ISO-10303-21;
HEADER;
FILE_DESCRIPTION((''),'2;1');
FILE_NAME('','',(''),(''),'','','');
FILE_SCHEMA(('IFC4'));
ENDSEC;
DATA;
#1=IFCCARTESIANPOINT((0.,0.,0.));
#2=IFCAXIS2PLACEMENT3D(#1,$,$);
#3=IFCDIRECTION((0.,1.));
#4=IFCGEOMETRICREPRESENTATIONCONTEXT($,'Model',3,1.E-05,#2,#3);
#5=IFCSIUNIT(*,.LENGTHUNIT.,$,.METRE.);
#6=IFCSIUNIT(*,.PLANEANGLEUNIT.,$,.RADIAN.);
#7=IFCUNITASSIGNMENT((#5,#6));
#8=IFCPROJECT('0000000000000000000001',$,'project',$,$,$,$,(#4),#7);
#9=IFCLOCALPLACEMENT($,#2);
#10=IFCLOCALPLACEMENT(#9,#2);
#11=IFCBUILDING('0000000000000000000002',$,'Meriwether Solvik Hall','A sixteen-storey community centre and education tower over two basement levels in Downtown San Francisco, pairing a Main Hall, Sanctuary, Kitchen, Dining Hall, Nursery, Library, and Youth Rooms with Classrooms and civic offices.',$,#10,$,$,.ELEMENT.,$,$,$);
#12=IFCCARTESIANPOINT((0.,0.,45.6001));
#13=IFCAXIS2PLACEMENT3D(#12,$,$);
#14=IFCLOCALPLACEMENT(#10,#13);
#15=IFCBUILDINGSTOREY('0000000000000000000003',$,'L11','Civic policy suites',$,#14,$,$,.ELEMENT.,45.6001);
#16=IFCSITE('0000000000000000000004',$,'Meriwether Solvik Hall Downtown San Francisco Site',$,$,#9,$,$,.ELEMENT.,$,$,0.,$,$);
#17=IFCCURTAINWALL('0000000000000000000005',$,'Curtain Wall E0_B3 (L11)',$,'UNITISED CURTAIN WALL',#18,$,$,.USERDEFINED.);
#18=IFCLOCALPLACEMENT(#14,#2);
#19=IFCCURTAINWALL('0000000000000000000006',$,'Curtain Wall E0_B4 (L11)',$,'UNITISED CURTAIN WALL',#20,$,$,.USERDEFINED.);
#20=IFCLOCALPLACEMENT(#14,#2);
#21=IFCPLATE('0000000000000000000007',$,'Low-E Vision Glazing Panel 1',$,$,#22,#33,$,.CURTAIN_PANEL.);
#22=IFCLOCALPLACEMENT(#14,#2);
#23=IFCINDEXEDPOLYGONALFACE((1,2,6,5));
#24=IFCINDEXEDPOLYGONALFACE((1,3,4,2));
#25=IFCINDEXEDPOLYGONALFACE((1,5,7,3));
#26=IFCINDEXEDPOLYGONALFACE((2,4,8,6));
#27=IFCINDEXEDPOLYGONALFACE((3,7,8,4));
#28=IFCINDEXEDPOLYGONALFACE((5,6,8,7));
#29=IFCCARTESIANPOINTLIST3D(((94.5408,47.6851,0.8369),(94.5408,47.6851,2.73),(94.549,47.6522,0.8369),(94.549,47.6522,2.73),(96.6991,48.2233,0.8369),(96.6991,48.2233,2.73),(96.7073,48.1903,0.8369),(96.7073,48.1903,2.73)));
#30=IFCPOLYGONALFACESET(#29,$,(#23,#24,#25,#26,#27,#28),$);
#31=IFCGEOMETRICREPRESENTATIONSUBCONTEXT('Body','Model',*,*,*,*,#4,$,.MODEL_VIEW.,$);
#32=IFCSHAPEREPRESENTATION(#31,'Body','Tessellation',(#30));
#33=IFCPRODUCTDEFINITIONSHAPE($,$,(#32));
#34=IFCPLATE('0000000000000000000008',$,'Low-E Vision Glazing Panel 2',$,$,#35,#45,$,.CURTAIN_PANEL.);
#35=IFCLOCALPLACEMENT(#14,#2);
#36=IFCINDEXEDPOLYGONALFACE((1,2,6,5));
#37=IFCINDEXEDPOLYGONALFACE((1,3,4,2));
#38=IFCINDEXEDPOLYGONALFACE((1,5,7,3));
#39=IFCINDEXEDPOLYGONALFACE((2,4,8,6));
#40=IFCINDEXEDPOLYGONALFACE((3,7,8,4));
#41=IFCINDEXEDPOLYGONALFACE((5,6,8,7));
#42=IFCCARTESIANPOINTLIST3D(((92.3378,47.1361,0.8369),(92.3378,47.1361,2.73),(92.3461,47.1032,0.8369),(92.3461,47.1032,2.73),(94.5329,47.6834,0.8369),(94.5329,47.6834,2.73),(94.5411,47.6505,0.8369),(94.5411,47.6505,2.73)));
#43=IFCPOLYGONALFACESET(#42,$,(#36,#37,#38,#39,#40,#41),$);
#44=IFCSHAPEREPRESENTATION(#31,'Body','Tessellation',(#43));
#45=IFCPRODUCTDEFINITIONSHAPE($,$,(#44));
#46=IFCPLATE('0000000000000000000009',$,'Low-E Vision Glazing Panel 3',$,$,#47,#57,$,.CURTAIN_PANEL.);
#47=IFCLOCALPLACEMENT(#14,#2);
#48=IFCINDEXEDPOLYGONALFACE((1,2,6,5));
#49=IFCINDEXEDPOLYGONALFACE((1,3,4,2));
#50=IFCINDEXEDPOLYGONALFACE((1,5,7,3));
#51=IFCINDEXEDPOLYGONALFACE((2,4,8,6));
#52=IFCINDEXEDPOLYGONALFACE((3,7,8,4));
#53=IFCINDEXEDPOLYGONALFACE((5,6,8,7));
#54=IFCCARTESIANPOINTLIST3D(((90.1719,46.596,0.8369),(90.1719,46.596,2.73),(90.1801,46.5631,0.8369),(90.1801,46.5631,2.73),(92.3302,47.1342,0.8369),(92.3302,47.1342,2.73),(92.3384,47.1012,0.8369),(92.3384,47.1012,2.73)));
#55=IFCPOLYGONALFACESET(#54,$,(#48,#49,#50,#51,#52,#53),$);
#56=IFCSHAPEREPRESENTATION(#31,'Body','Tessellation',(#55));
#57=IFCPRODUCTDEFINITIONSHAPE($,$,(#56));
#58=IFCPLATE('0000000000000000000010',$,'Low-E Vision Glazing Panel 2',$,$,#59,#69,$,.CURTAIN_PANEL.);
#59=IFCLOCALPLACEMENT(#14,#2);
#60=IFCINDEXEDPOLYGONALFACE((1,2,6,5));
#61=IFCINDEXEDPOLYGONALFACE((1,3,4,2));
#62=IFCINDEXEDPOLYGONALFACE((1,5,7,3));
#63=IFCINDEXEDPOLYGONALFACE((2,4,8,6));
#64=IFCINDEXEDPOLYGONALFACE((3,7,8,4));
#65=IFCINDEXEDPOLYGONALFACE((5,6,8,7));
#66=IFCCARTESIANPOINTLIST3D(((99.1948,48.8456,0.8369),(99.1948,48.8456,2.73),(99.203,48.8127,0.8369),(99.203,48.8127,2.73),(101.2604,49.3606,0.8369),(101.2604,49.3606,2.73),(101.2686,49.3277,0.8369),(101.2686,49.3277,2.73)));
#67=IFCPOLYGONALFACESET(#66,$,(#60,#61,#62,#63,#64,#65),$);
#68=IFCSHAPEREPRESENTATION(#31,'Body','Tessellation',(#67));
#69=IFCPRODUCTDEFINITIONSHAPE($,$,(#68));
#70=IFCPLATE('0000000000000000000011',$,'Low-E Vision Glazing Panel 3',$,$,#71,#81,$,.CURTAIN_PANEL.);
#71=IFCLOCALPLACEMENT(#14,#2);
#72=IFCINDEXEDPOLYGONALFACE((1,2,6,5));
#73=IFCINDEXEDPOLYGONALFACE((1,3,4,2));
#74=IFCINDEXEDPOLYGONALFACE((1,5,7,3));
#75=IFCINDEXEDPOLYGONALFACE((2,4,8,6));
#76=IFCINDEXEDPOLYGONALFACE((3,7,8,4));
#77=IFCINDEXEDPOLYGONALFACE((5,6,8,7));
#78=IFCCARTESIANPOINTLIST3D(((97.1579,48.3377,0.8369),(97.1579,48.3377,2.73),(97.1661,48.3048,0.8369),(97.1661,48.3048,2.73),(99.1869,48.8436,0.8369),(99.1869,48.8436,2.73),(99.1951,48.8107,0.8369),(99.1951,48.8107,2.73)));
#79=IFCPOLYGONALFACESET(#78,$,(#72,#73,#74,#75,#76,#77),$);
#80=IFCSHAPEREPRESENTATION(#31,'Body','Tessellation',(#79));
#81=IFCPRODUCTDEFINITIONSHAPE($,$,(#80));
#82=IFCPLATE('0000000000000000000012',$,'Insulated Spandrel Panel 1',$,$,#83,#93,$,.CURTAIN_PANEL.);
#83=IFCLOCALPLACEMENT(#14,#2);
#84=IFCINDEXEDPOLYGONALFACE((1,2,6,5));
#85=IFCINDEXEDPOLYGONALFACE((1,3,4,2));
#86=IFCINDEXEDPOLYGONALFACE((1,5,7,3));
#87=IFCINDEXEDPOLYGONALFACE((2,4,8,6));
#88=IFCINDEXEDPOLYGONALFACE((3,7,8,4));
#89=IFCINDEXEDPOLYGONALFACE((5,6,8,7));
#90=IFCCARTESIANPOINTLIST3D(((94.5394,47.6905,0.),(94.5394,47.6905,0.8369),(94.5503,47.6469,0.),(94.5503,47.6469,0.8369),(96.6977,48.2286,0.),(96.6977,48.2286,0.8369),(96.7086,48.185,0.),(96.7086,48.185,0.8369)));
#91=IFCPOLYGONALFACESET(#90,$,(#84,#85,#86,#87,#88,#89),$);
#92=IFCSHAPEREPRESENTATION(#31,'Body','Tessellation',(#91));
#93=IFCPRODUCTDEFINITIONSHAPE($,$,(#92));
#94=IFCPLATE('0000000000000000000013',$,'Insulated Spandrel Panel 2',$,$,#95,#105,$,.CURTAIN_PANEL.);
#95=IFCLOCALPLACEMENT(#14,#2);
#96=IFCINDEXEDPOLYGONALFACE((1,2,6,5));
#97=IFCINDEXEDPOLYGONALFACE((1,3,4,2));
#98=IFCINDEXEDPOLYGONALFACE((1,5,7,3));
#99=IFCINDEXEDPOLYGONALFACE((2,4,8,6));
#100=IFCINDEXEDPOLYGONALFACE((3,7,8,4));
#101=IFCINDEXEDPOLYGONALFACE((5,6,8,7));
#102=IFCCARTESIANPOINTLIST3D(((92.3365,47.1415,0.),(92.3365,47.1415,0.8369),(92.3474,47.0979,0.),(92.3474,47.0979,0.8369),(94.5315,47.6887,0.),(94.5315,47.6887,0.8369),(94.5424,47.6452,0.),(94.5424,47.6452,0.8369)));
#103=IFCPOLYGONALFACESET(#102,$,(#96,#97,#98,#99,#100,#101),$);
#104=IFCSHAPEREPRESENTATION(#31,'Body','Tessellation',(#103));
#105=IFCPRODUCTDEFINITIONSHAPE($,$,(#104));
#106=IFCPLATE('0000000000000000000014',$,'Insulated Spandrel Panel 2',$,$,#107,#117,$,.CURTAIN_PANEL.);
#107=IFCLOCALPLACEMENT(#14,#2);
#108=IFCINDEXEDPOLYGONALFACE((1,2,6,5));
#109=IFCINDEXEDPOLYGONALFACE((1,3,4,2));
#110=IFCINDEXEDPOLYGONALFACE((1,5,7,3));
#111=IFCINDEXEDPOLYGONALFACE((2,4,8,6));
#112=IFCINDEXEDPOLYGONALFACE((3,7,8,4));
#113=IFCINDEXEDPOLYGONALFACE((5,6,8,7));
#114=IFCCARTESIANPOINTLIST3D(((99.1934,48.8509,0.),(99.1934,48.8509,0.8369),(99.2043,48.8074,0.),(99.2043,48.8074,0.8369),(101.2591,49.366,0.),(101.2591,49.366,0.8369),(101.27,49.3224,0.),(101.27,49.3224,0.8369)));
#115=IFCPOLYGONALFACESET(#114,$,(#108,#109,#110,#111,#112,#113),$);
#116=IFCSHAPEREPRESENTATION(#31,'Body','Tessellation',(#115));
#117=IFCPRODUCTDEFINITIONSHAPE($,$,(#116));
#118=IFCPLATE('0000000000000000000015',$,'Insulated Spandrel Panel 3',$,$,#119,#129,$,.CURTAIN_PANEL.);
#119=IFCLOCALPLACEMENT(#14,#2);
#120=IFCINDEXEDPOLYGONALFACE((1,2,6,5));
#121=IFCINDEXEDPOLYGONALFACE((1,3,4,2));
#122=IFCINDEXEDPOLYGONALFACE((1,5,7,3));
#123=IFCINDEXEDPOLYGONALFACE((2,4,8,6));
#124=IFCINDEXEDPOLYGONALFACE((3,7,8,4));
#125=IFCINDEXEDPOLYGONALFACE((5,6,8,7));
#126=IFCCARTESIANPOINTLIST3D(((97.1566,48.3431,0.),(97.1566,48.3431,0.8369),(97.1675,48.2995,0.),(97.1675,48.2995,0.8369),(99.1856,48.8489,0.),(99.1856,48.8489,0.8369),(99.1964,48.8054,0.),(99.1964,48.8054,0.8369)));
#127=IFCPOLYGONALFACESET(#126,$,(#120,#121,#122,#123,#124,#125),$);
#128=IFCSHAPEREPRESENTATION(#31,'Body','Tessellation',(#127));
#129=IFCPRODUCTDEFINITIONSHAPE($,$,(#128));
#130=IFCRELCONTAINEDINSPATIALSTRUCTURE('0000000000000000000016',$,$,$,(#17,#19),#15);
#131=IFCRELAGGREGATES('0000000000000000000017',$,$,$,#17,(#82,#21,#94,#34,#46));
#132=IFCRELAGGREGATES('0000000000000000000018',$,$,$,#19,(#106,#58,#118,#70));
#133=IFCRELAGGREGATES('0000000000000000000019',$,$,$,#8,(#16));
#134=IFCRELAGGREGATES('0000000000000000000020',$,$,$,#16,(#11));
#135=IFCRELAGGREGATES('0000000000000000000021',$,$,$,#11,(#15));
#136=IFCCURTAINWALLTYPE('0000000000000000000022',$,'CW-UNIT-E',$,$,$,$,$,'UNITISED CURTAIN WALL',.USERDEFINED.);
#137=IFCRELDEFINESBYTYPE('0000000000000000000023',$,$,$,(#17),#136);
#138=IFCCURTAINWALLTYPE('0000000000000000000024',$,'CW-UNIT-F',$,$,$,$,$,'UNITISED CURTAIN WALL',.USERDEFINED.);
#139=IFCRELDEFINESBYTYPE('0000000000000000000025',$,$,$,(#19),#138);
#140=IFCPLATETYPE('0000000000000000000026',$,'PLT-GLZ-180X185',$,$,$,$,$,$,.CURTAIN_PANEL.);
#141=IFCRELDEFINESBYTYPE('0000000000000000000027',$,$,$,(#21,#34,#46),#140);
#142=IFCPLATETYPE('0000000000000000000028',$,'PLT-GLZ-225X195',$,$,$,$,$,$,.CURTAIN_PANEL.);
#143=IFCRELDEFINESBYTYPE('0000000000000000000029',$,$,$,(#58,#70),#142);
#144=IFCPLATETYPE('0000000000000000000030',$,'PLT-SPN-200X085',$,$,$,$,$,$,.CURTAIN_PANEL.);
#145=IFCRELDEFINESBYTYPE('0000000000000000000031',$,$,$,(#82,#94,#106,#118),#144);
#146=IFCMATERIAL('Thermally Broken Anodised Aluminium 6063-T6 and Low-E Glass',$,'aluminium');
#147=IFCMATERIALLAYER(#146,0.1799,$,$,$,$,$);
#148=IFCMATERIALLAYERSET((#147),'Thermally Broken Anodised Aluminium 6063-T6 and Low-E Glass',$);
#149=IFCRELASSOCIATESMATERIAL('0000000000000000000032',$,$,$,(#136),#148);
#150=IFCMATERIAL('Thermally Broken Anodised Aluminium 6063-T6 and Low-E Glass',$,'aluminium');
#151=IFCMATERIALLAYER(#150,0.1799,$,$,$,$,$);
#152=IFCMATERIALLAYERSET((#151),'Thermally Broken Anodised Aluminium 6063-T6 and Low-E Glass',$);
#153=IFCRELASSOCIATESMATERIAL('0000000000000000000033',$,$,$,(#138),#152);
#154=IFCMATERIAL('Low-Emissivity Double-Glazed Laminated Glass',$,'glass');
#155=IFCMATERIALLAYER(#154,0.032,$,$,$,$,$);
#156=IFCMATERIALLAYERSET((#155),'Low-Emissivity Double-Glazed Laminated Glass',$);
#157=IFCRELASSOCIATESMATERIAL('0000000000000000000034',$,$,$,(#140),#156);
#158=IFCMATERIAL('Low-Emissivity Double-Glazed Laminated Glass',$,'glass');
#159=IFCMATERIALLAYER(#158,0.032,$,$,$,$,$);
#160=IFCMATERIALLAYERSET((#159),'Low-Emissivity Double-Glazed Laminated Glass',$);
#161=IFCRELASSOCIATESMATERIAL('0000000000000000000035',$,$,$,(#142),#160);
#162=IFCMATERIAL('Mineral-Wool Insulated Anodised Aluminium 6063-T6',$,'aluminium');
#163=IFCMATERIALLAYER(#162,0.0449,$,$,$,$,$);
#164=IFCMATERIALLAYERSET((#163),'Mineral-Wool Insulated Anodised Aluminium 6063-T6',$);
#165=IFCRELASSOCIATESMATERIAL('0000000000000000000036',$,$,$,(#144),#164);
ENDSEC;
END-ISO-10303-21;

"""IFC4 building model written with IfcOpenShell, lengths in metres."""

from ifc_helpers import new_model, si_unit, direction, frame, origin, origin_2d, place, context, subcontext, project, spatial, rectangle, extrude, material, layer, layer_set, type_object, element, aggregate, save


model = new_model("IFC4")

# Units and contexts
model_context = context("Model", 3, precision=1e-05, world=origin(), true_north=direction((0.0, 1.0)))
body_context = subcontext(model_context, "Body", "Model", "MODEL_VIEW")
ifc_project = project(units=[si_unit("LENGTHUNIT", "METRE"), si_unit("PLANEANGLEUNIT", "RADIAN")], contexts=[model_context])

# Site, building, storey
site_placement = place(None, origin())
site = spatial("IfcSite", under=ifc_project, at=site_placement, Name="Meriwether Solvik Hall Downtown San Francisco Site", CompositionType="ELEMENT", RefElevation=0.0)
building_placement = place(site_placement, origin())
building = spatial("IfcBuilding", under=site, at=building_placement, Name="Meriwether Solvik Hall", Description="A sixteen-storey community centre and education tower over two basement levels in Downtown San Francisco, pairing a Main Hall, Sanctuary, Kitchen, Dining Hall, Nursery, Library, and Youth Rooms with Classrooms and civic offices.", CompositionType="ELEMENT")
storey_placement = place(building_placement, frame((0.0, 0.0, 45.6001)))
storey = spatial("IfcBuildingStorey", under=building, at=storey_placement, Name="L11", Description="Civic policy suites", CompositionType="ELEMENT", Elevation=45.6001)

# Curtain walls
ifc_material_1 = material(Name="Thermally Broken Anodised Aluminium 6063-T6 and Low-E Glass", Category="aluminium")
ifc_layer_1 = layer(ifc_material_1, 0.1799)
ifc_layer_set_1 = layer_set([ifc_layer_1], Name="Thermally Broken Anodised Aluminium 6063-T6 and Low-E Glass")
curtain_wall_type_1 = type_object("IfcCurtainWallType", Name="CW-UNIT-E", ElementType="UNITISED CURTAIN WALL", PredefinedType="USERDEFINED", material=ifc_layer_set_1)
curtain_wall_1_placement = place(storey_placement, origin())
curtain_wall_1 = element("IfcCurtainWall", 1, at=curtain_wall_1_placement, inside=storey, type_object=curtain_wall_type_1, Name="Curtain Wall E0_B3 (L11)", ObjectType="UNITISED CURTAIN WALL", PredefinedType="USERDEFINED")
ifc_material_2 = material(Name="Thermally Broken Anodised Aluminium 6063-T6 and Low-E Glass", Category="aluminium")
ifc_layer_2 = layer(ifc_material_2, 0.1799)
ifc_layer_set_2 = layer_set([ifc_layer_2], Name="Thermally Broken Anodised Aluminium 6063-T6 and Low-E Glass")
curtain_wall_type_2 = type_object("IfcCurtainWallType", Name="CW-UNIT-F", ElementType="UNITISED CURTAIN WALL", PredefinedType="USERDEFINED", material=ifc_layer_set_2)
curtain_wall_2_placement = place(storey_placement, origin())
curtain_wall_2 = element("IfcCurtainWall", 2, at=curtain_wall_2_placement, inside=storey, type_object=curtain_wall_type_2, Name="Curtain Wall E0_B4 (L11)", ObjectType="UNITISED CURTAIN WALL", PredefinedType="USERDEFINED")

# Plates
ifc_material_3 = material(Name="Low-Emissivity Double-Glazed Laminated Glass", Category="glass")
ifc_layer_3 = layer(ifc_material_3, 0.032)
ifc_layer_set_3 = layer_set([ifc_layer_3], Name="Low-Emissivity Double-Glazed Laminated Glass")
plate_type_1 = type_object("IfcPlateType", Name="PLT-GLZ-180X185", PredefinedType="CURTAIN_PANEL", material=ifc_layer_set_3)
plate_1_placement = place(storey_placement, frame((95.624, 47.9377, 0.8369), z_axis=(0.0, 0.0, 1.0), x_axis=(-0.970296, -0.241922, 0.0)))
plate_1 = element("IfcPlate", 3, at=plate_1_placement, type_object=plate_type_1, Name="Low-E Vision Glazing Panel 1", PredefinedType="CURTAIN_PANEL", context=body_context, shape_type="SweptSolid", body=[
    extrude(rectangle(XDim=2.2244, YDim=0.0339, at=origin_2d()), origin(), (0.0, 0.0, 1.0), 1.8931),
])
plate_2_placement = place(storey_placement, frame((93.4395, 47.3933, 0.8369), z_axis=(0.0, 0.0, 1.0), x_axis=(-0.970296, -0.241922, 0.0)))
plate_2 = element("IfcPlate", 4, at=plate_2_placement, type_object=plate_type_1, Name="Low-E Vision Glazing Panel 2", PredefinedType="CURTAIN_PANEL", context=body_context, shape_type="SweptSolid", body=[
    extrude(rectangle(XDim=2.2622, YDim=0.0339, at=origin_2d()), origin(), (0.0, 0.0, 1.0), 1.8931),
])
plate_3_placement = place(storey_placement, frame((91.2551, 46.8486, 0.8369), z_axis=(0.0, 0.0, 1.0), x_axis=(-0.970296, -0.241922, 0.0)))
plate_3 = element("IfcPlate", 5, at=plate_3_placement, type_object=plate_type_1, Name="Low-E Vision Glazing Panel 3", PredefinedType="CURTAIN_PANEL", context=body_context, shape_type="SweptSolid", body=[
    extrude(rectangle(XDim=2.2244, YDim=0.0339, at=origin_2d()), origin(), (0.0, 0.0, 1.0), 1.8931),
])
ifc_material_4 = material(Name="Low-Emissivity Double-Glazed Laminated Glass", Category="glass")
ifc_layer_4 = layer(ifc_material_4, 0.032)
ifc_layer_set_4 = layer_set([ifc_layer_4], Name="Low-Emissivity Double-Glazed Laminated Glass")
plate_type_2 = type_object("IfcPlateType", Name="PLT-GLZ-225X195", PredefinedType="CURTAIN_PANEL", material=ifc_layer_set_4)
plate_4_placement = place(storey_placement, frame((100.2317, 49.0867, 0.8369), z_axis=(0.0, 0.0, 1.0), x_axis=(-0.970296, -0.241922, 0.0)))
plate_4 = element("IfcPlate", 6, at=plate_4_placement, type_object=plate_type_2, Name="Low-E Vision Glazing Panel 2", PredefinedType="CURTAIN_PANEL", context=body_context, shape_type="SweptSolid", body=[
    extrude(rectangle(XDim=2.1289, YDim=0.0339, at=origin_2d()), origin(), (0.0, 0.0, 1.0), 1.8931),
])
plate_5_placement = place(storey_placement, frame((98.1765, 48.5742, 0.8369), z_axis=(0.0, 0.0, 1.0), x_axis=(-0.970296, -0.241922, 0.0)))
plate_5 = element("IfcPlate", 7, at=plate_5_placement, type_object=plate_type_2, Name="Low-E Vision Glazing Panel 3", PredefinedType="CURTAIN_PANEL", context=body_context, shape_type="SweptSolid", body=[
    extrude(rectangle(XDim=2.0911, YDim=0.0339, at=origin_2d()), origin(), (0.0, 0.0, 1.0), 1.8931),
])
ifc_material_5 = material(Name="Mineral-Wool Insulated Anodised Aluminium 6063-T6", Category="aluminium")
ifc_layer_5 = layer(ifc_material_5, 0.0449)
ifc_layer_set_5 = layer_set([ifc_layer_5], Name="Mineral-Wool Insulated Anodised Aluminium 6063-T6")
plate_type_3 = type_object("IfcPlateType", Name="PLT-SPN-200X085", PredefinedType="CURTAIN_PANEL", material=ifc_layer_set_5)
plate_6_placement = place(storey_placement, frame((95.624, 47.9377, 0.0), z_axis=(0.0, 0.0, 1.0), x_axis=(-0.970296, -0.241922, 0.0)))
plate_6 = element("IfcPlate", 8, at=plate_6_placement, type_object=plate_type_3, Name="Insulated Spandrel Panel 1", PredefinedType="CURTAIN_PANEL", context=body_context, shape_type="SweptSolid", body=[
    extrude(rectangle(XDim=2.2244, YDim=0.0449, at=origin_2d()), origin(), (0.0, 0.0, 1.0), 0.8369),
])
plate_7_placement = place(storey_placement, frame((93.4395, 47.3933, 0.0), z_axis=(0.0, 0.0, 1.0), x_axis=(-0.970296, -0.241922, 0.0)))
plate_7 = element("IfcPlate", 9, at=plate_7_placement, type_object=plate_type_3, Name="Insulated Spandrel Panel 2", PredefinedType="CURTAIN_PANEL", context=body_context, shape_type="SweptSolid", body=[
    extrude(rectangle(XDim=2.2622, YDim=0.0449, at=origin_2d()), origin(), (0.0, 0.0, 1.0), 0.8369),
])
aggregate(curtain_wall_1, [plate_6, plate_1, plate_7, plate_2, plate_3])
plate_8_placement = place(storey_placement, frame((100.2317, 49.0867, 0.0), z_axis=(0.0, 0.0, 1.0), x_axis=(-0.970296, -0.241922, 0.0)))
plate_8 = element("IfcPlate", 10, at=plate_8_placement, type_object=plate_type_3, Name="Insulated Spandrel Panel 2", PredefinedType="CURTAIN_PANEL", context=body_context, shape_type="SweptSolid", body=[
    extrude(rectangle(XDim=2.1289, YDim=0.0449, at=origin_2d()), origin(), (0.0, 0.0, 1.0), 0.8369),
])
plate_9_placement = place(storey_placement, frame((98.1765, 48.5742, 0.0), z_axis=(0.0, 0.0, 1.0), x_axis=(-0.970296, -0.241922, 0.0)))
plate_9 = element("IfcPlate", 11, at=plate_9_placement, type_object=plate_type_3, Name="Insulated Spandrel Panel 3", PredefinedType="CURTAIN_PANEL", context=body_context, shape_type="SweptSolid", body=[
    extrude(rectangle(XDim=2.0911, YDim=0.0449, at=origin_2d()), origin(), (0.0, 0.0, 1.0), 0.8369),
])
aggregate(curtain_wall_2, [plate_8, plate_4, plate_9, plate_5])

save(model, "model.ifc")
